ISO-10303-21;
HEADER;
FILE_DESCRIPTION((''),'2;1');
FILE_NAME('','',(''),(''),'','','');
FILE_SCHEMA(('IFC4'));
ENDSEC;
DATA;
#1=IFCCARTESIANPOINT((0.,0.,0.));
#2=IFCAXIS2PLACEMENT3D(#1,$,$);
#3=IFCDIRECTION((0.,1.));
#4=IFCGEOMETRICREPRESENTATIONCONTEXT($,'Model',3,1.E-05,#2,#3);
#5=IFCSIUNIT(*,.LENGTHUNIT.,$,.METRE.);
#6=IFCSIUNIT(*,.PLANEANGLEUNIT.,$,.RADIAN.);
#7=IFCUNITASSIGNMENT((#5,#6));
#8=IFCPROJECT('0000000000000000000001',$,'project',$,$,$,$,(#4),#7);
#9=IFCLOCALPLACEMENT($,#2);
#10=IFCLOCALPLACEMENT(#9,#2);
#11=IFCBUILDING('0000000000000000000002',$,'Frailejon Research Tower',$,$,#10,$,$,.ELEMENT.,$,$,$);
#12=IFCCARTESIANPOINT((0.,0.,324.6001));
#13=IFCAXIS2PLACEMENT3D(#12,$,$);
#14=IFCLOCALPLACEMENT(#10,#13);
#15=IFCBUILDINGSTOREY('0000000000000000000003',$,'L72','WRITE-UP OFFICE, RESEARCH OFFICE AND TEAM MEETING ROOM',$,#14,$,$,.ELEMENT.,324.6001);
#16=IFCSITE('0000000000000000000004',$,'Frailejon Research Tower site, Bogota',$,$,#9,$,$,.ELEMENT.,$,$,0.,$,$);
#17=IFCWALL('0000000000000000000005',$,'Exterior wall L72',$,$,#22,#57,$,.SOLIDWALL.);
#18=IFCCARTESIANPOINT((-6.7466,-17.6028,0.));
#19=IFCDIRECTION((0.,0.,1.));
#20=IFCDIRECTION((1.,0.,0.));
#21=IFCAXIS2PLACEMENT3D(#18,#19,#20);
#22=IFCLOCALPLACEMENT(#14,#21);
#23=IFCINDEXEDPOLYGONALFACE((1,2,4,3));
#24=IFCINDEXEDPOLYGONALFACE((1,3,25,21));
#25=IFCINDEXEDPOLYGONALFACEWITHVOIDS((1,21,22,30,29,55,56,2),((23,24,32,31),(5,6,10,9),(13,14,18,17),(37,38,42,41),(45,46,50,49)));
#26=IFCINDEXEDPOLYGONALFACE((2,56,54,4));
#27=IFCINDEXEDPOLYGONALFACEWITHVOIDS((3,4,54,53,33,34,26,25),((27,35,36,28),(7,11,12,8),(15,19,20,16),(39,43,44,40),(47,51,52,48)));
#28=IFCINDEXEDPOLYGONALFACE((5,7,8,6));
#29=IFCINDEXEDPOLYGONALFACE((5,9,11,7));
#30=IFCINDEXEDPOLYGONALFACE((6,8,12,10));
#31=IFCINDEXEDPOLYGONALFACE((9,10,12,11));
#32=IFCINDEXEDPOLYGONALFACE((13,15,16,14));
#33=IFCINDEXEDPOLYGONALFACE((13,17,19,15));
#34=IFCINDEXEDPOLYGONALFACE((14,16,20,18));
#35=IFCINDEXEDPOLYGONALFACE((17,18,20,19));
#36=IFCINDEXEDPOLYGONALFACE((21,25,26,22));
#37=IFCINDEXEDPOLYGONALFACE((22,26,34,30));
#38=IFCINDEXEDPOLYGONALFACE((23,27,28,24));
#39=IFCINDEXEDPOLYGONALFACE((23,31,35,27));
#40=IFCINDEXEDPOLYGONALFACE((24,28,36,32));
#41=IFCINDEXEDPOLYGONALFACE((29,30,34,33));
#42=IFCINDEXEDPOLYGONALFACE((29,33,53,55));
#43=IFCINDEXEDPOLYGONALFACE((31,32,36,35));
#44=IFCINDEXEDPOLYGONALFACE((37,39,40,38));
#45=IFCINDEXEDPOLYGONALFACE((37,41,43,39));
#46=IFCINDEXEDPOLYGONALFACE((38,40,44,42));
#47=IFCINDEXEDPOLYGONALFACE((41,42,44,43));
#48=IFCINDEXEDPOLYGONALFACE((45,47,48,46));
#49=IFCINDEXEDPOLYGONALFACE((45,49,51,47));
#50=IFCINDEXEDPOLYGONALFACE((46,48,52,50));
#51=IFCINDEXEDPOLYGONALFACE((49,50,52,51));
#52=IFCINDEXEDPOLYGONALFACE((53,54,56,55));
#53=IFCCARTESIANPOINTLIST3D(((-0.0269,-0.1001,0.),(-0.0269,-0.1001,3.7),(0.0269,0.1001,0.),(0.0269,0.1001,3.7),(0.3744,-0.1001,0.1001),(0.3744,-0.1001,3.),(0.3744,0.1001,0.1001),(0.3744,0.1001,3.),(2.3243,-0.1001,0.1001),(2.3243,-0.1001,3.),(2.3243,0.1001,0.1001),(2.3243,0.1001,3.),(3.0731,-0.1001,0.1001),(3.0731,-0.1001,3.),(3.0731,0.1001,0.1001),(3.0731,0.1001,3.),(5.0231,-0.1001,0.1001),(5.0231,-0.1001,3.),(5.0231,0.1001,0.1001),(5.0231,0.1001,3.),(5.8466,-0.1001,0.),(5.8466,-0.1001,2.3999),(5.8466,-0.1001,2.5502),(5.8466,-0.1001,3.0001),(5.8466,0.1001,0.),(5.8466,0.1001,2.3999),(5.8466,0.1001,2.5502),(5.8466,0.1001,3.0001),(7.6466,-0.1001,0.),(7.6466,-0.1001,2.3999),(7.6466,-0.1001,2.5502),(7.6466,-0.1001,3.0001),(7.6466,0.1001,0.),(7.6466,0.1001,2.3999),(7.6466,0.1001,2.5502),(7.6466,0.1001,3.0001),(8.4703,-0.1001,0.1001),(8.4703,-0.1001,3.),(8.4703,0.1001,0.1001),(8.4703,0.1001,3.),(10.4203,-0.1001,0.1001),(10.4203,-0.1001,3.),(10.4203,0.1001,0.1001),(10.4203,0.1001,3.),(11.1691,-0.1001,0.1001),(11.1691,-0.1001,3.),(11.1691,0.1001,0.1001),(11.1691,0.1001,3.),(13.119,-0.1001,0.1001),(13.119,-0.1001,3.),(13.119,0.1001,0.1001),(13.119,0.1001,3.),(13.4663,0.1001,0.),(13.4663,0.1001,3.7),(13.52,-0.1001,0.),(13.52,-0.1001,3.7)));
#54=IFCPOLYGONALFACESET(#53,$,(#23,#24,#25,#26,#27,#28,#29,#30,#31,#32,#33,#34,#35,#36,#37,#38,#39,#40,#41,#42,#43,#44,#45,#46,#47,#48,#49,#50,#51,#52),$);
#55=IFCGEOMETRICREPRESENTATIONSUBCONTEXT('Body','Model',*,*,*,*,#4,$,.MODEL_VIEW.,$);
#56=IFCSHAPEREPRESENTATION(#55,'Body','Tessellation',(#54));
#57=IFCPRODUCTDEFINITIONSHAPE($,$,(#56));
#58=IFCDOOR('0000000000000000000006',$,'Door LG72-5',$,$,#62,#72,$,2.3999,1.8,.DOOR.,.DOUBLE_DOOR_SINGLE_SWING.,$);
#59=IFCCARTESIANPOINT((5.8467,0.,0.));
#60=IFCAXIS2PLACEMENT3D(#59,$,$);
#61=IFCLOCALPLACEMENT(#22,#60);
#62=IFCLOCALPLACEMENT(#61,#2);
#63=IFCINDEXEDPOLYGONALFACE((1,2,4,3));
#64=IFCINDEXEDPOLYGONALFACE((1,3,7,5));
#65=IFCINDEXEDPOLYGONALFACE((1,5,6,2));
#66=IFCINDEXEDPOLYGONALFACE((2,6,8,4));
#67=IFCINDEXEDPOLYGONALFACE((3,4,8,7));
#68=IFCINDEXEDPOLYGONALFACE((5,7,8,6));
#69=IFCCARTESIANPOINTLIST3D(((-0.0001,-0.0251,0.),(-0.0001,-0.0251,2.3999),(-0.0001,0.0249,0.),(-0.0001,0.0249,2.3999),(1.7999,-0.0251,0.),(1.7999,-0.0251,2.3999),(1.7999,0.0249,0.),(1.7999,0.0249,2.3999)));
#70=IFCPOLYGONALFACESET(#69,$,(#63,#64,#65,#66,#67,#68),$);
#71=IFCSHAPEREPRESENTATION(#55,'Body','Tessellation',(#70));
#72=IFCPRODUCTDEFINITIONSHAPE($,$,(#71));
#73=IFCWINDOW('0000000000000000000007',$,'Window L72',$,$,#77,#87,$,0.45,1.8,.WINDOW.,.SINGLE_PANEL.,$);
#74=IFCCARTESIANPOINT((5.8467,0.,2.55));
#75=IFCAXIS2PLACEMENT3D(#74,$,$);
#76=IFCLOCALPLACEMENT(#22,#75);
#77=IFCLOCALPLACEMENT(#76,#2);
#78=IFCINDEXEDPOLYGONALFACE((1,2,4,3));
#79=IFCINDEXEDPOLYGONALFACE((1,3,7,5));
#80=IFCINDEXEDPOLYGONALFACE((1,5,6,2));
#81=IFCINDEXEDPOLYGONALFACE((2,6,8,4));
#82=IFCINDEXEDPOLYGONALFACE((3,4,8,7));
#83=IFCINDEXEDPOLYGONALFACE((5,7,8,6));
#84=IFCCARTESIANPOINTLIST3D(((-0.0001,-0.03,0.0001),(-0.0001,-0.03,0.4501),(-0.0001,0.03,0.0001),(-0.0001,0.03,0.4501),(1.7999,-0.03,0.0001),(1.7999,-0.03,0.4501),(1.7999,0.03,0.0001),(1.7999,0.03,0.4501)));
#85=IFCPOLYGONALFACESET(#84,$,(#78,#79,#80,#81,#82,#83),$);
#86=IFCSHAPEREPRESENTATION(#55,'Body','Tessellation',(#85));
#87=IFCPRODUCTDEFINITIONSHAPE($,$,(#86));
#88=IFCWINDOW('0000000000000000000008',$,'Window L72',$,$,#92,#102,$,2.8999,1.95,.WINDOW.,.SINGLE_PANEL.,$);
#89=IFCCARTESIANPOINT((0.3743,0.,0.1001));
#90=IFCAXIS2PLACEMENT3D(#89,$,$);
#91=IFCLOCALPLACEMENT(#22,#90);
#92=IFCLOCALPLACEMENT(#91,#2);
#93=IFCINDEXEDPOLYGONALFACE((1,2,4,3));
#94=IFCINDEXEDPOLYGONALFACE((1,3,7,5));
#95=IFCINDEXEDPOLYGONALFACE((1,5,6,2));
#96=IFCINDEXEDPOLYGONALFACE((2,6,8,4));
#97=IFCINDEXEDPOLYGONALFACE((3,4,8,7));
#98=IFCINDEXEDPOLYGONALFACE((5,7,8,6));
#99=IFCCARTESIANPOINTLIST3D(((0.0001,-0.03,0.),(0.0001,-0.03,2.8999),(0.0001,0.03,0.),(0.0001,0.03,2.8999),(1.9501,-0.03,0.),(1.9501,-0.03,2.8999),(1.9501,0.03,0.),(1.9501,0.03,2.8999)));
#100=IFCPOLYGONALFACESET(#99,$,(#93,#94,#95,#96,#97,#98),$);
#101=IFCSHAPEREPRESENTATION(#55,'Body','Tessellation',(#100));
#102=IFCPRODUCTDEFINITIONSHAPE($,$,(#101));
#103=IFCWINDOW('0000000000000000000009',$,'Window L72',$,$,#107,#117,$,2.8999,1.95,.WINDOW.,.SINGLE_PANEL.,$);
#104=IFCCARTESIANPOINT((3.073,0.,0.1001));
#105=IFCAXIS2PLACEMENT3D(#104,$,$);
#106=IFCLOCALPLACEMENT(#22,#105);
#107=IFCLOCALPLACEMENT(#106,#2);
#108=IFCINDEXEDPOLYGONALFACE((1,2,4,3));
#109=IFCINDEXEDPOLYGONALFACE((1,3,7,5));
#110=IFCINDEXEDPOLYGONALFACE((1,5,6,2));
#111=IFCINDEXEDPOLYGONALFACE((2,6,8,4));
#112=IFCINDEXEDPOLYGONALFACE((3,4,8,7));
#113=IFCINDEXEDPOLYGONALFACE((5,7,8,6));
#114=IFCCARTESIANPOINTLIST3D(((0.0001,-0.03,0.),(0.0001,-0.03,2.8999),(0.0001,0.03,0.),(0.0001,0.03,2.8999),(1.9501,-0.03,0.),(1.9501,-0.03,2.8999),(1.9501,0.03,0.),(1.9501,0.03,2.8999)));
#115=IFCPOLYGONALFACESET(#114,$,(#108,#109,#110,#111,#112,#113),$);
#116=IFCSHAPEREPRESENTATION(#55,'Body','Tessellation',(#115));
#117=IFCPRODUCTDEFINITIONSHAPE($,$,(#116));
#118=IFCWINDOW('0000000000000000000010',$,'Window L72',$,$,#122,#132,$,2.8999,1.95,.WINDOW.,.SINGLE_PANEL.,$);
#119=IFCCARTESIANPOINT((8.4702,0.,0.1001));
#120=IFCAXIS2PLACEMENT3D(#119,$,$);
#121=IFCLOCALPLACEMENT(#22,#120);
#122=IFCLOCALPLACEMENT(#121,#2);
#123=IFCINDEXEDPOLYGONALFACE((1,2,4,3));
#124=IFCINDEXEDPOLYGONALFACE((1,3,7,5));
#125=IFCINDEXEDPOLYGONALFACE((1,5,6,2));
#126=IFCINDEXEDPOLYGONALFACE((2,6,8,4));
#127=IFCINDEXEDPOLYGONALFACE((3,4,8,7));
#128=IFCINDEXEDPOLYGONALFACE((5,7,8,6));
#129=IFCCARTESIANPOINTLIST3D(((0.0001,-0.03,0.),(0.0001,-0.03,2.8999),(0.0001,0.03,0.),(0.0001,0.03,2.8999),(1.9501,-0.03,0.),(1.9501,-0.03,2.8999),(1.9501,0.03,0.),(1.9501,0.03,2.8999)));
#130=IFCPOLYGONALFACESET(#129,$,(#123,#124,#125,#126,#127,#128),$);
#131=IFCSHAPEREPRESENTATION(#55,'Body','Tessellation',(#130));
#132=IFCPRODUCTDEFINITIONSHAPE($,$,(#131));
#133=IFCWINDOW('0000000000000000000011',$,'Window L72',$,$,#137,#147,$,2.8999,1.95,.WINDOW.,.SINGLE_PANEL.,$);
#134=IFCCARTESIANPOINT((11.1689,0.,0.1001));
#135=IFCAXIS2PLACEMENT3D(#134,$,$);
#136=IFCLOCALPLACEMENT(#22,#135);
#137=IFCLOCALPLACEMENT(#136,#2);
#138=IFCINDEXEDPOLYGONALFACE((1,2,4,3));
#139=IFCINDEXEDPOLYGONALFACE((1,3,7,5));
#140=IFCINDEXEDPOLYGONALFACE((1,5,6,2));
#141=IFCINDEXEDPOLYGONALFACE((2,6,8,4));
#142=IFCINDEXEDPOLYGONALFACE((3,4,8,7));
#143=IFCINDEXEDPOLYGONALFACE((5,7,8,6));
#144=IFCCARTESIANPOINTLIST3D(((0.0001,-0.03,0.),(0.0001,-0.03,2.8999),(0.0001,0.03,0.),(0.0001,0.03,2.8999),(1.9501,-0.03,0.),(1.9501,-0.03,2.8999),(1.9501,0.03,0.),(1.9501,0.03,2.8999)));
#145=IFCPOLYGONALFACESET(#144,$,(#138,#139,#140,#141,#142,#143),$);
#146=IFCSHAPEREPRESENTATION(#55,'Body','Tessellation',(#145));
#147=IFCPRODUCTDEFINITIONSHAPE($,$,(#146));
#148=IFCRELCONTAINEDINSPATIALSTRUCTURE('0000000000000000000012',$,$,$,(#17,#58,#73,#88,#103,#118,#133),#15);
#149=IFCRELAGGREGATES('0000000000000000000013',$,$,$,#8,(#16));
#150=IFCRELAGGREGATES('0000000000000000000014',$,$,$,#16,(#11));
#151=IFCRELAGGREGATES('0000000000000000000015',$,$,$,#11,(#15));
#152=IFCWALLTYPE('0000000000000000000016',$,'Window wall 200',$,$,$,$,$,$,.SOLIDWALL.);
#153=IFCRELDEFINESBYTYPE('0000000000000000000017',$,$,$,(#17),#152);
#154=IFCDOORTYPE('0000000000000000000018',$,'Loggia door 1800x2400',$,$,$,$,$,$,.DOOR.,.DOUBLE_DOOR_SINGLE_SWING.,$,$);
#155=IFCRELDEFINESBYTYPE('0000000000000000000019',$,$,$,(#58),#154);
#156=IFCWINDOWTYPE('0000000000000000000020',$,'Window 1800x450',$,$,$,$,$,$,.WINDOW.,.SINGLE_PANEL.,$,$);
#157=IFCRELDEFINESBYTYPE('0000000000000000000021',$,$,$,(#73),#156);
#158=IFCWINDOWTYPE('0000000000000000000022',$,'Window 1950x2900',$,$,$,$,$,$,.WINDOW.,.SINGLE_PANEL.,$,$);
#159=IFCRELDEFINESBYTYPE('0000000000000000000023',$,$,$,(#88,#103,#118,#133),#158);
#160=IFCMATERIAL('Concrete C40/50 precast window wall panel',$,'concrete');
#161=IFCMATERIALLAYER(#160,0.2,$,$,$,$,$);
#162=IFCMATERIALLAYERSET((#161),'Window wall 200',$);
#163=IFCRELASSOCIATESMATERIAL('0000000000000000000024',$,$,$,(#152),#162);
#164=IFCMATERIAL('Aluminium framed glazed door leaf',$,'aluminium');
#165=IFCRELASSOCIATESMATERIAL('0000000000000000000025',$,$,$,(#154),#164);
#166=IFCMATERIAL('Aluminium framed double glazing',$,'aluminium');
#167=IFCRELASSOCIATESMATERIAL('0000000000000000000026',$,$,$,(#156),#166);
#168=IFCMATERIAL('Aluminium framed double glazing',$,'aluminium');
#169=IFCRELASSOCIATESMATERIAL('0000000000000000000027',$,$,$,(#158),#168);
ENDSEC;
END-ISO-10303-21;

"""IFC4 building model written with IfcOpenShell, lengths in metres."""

from ifc_helpers import new_model, si_unit, direction, frame, frame_2d, origin, place, context, subcontext, project, spatial, polyline, rectangle, outline, extrude, material, layer, layer_set, type_object, element, fill, save


model = new_model("IFC4")

# Units and contexts
model_context = context("Model", 3, precision=1e-05, world=origin(), true_north=direction((0.0, 1.0)))
body_context = subcontext(model_context, "Body", "Model", "MODEL_VIEW")
ifc_project = project(units=[si_unit("LENGTHUNIT", "METRE"), si_unit("PLANEANGLEUNIT", "RADIAN")], contexts=[model_context])

# Site, building, storey
site_placement = place(None, origin())
site = spatial("IfcSite", under=ifc_project, at=site_placement, Name="Frailejon Research Tower site, Bogota", CompositionType="ELEMENT", RefElevation=0.0)
building_placement = place(site_placement, origin())
building = spatial("IfcBuilding", under=site, at=building_placement, Name="Frailejon Research Tower", CompositionType="ELEMENT")
storey_placement = place(building_placement, frame((0.0, 0.0, 324.6001)))
storey = spatial("IfcBuildingStorey", under=building, at=storey_placement, Name="L72", Description="WRITE-UP OFFICE, RESEARCH OFFICE AND TEAM MEETING ROOM", CompositionType="ELEMENT", Elevation=324.6001)

# Wall, openings, door, windows
ifc_material_1 = material(Name="Concrete C40/50 precast window wall panel", Category="concrete")
ifc_layer_1 = layer(ifc_material_1, 0.2)
ifc_layer_set_1 = layer_set([ifc_layer_1], Name="Window wall 200")
wall_type_1 = type_object("IfcWallType", Name="Window wall 200", PredefinedType="SOLIDWALL", material=ifc_layer_set_1)
wall_1_placement = place(storey_placement, frame((-6.7466, -17.6028, 0.0), z_axis=(0.0, 0.0, 1.0), x_axis=(1.0, 0.0, 0.0)))
wall_1 = element("IfcWall", 1, at=wall_1_placement, inside=storey, type_object=wall_type_1, Name="Exterior wall L72", PredefinedType="SOLIDWALL", context=body_context, shape_type="SweptSolid", body=[
    extrude(outline(polyline([(-0.0269, -0.1001), (1.0151, -0.1001), (2.0574, -0.1001), (3.0994, -0.1001), (4.1414, -0.1001), (5.1836, -0.1001), (6.2256, -0.1001), (7.2676, -0.1001), (8.3096, -0.1001), (9.3518, -0.1001), (10.3938, -0.1001), (11.4358, -0.1001), (12.478, -0.1001), (13.52, -0.1001), (13.4663, 0.1001), (12.4326, 0.1001), (11.3987, 0.1001), (10.365, 0.1001), (9.3311, 0.1001), (8.2974, 0.1001), (7.2634, 0.1001), (6.2297, 0.1001), (5.1958, 0.1001), (4.1621, 0.1001), (3.1282, 0.1001), (2.0945, 0.1001), (1.0605, 0.1001), (0.0269, 0.1001), (-0.0269, -0.1001)])), origin(), (0.0, 0.0, 1.0), 3.7),
])
opening_1_placement = place(wall_1_placement, frame((0.3743, 0.0, 0.1001)))
opening_1 = element("IfcOpeningElement", 2, at=opening_1_placement, cuts=wall_1, PredefinedType="OPENING", context=body_context, shape_type="SweptSolid", body=[
    extrude(rectangle(XDim=1.95, YDim=2.8999, at=frame_2d((0.9751, 1.45))), frame((0.0, 0.1099, 0.0), z_axis=(0.0, -1.0, 0.0), x_axis=(1.0, 0.0, 0.0)), (0.0, 0.0, 1.0), 0.22),
])
opening_2_placement = place(wall_1_placement, frame((3.073, 0.0, 0.1001)))
opening_2 = element("IfcOpeningElement", 3, at=opening_2_placement, cuts=wall_1, PredefinedType="OPENING", context=body_context, shape_type="SweptSolid", body=[
    extrude(rectangle(XDim=1.95, YDim=2.8999, at=frame_2d((0.9751, 1.45))), frame((0.0, 0.1099, 0.0), z_axis=(0.0, -1.0, 0.0), x_axis=(1.0, 0.0, 0.0)), (0.0, 0.0, 1.0), 0.22),
])
opening_3_placement = place(wall_1_placement, frame((5.8467, 0.0, 0.0)))
opening_3 = element("IfcOpeningElement", 4, at=opening_3_placement, cuts=wall_1, PredefinedType="OPENING", context=body_context, shape_type="SweptSolid", body=[
    extrude(rectangle(XDim=1.8, YDim=2.3999, at=frame_2d((0.8999, 1.2))), frame((0.0, 0.1099, 0.0), z_axis=(0.0, -1.0, 0.0), x_axis=(1.0, 0.0, 0.0)), (0.0, 0.0, 1.0), 0.22),
])
opening_4_placement = place(wall_1_placement, frame((5.8467, 0.0, 2.55)))
opening_4 = element("IfcOpeningElement", 5, at=opening_4_placement, cuts=wall_1, PredefinedType="OPENING", context=body_context, shape_type="SweptSolid", body=[
    extrude(rectangle(XDim=1.8, YDim=0.45, at=frame_2d((0.8999, 0.2251))), frame((0.0, 0.1099, 0.0), z_axis=(0.0, -1.0, 0.0), x_axis=(1.0, 0.0, 0.0)), (0.0, 0.0, 1.0), 0.22),
])
opening_5_placement = place(wall_1_placement, frame((8.4702, 0.0, 0.1001)))
opening_5 = element("IfcOpeningElement", 6, at=opening_5_placement, cuts=wall_1, PredefinedType="OPENING", context=body_context, shape_type="SweptSolid", body=[
    extrude(rectangle(XDim=1.95, YDim=2.8999, at=frame_2d((0.9751, 1.45))), frame((0.0, 0.1099, 0.0), z_axis=(0.0, -1.0, 0.0), x_axis=(1.0, 0.0, 0.0)), (0.0, 0.0, 1.0), 0.22),
])
opening_6_placement = place(wall_1_placement, frame((11.1689, 0.0, 0.1001)))
opening_6 = element("IfcOpeningElement", 7, at=opening_6_placement, cuts=wall_1, PredefinedType="OPENING", context=body_context, shape_type="SweptSolid", body=[
    extrude(rectangle(XDim=1.95, YDim=2.8999, at=frame_2d((0.9751, 1.45))), frame((0.0, 0.1099, 0.0), z_axis=(0.0, -1.0, 0.0), x_axis=(1.0, 0.0, 0.0)), (0.0, 0.0, 1.0), 0.22),
])
ifc_material_2 = material(Name="Aluminium framed glazed door leaf", Category="aluminium")
door_type = type_object("IfcDoorType", Name="Loggia door 1800x2400", OperationType="DOUBLE_DOOR_SINGLE_SWING", PredefinedType="DOOR", material=ifc_material_2)
door_placement = place(opening_3_placement, origin())
door = element("IfcDoor", 8, at=door_placement, inside=storey, type_object=door_type, Name="Door LG72-5", OperationType="DOUBLE_DOOR_SINGLE_SWING", OverallHeight=2.3999, OverallWidth=1.8, PredefinedType="DOOR", context=body_context, shape_type="SweptSolid", body=[
    extrude(rectangle(XDim=1.8, YDim=2.3999, at=frame_2d((0.8999, 1.2))), frame((0.0, 0.0249, 0.0), z_axis=(0.0, -1.0, 0.0), x_axis=(1.0, 0.0, 0.0)), (0.0, 0.0, 1.0), 0.05),
])
fill(opening_3, door)
ifc_material_3 = material(Name="Aluminium framed double glazing", Category="aluminium")
window_type_1 = type_object("IfcWindowType", Name="Window 1800x450", PartitioningType="SINGLE_PANEL", PredefinedType="WINDOW", material=ifc_material_3)
window_1_placement = place(opening_4_placement, origin())
window_1 = element("IfcWindow", 9, at=window_1_placement, inside=storey, type_object=window_type_1, Name="Window L72", OverallHeight=0.45, OverallWidth=1.8, PartitioningType="SINGLE_PANEL", PredefinedType="WINDOW", context=body_context, shape_type="SweptSolid", body=[
    extrude(rectangle(XDim=1.8, YDim=0.45, at=frame_2d((0.8999, 0.2251))), frame((0.0, 0.03, 0.0), z_axis=(0.0, -1.0, 0.0), x_axis=(1.0, 0.0, 0.0)), (0.0, 0.0, 1.0), 0.0601),
])
fill(opening_4, window_1)
ifc_material_4 = material(Name="Aluminium framed double glazing", Category="aluminium")
window_type_2 = type_object("IfcWindowType", Name="Window 1950x2900", PartitioningType="SINGLE_PANEL", PredefinedType="WINDOW", material=ifc_material_4)
window_2_placement = place(opening_1_placement, origin())
window_2 = element("IfcWindow", 10, at=window_2_placement, inside=storey, type_object=window_type_2, Name="Window L72", OverallHeight=2.8999, OverallWidth=1.95, PartitioningType="SINGLE_PANEL", PredefinedType="WINDOW", context=body_context, shape_type="SweptSolid", body=[
    extrude(rectangle(XDim=1.95, YDim=2.8999, at=frame_2d((0.9751, 1.45))), frame((0.0, 0.03, 0.0), z_axis=(0.0, -1.0, 0.0), x_axis=(1.0, 0.0, 0.0)), (0.0, 0.0, 1.0), 0.0601),
])
fill(opening_1, window_2)
window_3_placement = place(opening_2_placement, origin())
window_3 = element("IfcWindow", 11, at=window_3_placement, inside=storey, type_object=window_type_2, Name="Window L72", OverallHeight=2.8999, OverallWidth=1.95, PartitioningType="SINGLE_PANEL", PredefinedType="WINDOW", context=body_context, shape_type="SweptSolid", body=[
    extrude(rectangle(XDim=1.95, YDim=2.8999, at=frame_2d((0.9751, 1.45))), frame((0.0, 0.03, 0.0), z_axis=(0.0, -1.0, 0.0), x_axis=(1.0, 0.0, 0.0)), (0.0, 0.0, 1.0), 0.0601),
])
fill(opening_2, window_3)
window_4_placement = place(opening_5_placement, origin())
window_4 = element("IfcWindow", 12, at=window_4_placement, inside=storey, type_object=window_type_2, Name="Window L72", OverallHeight=2.8999, OverallWidth=1.95, PartitioningType="SINGLE_PANEL", PredefinedType="WINDOW", context=body_context, shape_type="SweptSolid", body=[
    extrude(rectangle(XDim=1.95, YDim=2.8999, at=frame_2d((0.9751, 1.45))), frame((0.0, 0.03, 0.0), z_axis=(0.0, -1.0, 0.0), x_axis=(1.0, 0.0, 0.0)), (0.0, 0.0, 1.0), 0.0601),
])
fill(opening_5, window_4)
window_5_placement = place(opening_6_placement, origin())
window_5 = element("IfcWindow", 13, at=window_5_placement, inside=storey, type_object=window_type_2, Name="Window L72", OverallHeight=2.8999, OverallWidth=1.95, PartitioningType="SINGLE_PANEL", PredefinedType="WINDOW", context=body_context, shape_type="SweptSolid", body=[
    extrude(rectangle(XDim=1.95, YDim=2.8999, at=frame_2d((0.9751, 1.45))), frame((0.0, 0.03, 0.0), z_axis=(0.0, -1.0, 0.0), x_axis=(1.0, 0.0, 0.0)), (0.0, 0.0, 1.0), 0.0601),
])
fill(opening_6, window_5)

save(model, "model.ifc")
